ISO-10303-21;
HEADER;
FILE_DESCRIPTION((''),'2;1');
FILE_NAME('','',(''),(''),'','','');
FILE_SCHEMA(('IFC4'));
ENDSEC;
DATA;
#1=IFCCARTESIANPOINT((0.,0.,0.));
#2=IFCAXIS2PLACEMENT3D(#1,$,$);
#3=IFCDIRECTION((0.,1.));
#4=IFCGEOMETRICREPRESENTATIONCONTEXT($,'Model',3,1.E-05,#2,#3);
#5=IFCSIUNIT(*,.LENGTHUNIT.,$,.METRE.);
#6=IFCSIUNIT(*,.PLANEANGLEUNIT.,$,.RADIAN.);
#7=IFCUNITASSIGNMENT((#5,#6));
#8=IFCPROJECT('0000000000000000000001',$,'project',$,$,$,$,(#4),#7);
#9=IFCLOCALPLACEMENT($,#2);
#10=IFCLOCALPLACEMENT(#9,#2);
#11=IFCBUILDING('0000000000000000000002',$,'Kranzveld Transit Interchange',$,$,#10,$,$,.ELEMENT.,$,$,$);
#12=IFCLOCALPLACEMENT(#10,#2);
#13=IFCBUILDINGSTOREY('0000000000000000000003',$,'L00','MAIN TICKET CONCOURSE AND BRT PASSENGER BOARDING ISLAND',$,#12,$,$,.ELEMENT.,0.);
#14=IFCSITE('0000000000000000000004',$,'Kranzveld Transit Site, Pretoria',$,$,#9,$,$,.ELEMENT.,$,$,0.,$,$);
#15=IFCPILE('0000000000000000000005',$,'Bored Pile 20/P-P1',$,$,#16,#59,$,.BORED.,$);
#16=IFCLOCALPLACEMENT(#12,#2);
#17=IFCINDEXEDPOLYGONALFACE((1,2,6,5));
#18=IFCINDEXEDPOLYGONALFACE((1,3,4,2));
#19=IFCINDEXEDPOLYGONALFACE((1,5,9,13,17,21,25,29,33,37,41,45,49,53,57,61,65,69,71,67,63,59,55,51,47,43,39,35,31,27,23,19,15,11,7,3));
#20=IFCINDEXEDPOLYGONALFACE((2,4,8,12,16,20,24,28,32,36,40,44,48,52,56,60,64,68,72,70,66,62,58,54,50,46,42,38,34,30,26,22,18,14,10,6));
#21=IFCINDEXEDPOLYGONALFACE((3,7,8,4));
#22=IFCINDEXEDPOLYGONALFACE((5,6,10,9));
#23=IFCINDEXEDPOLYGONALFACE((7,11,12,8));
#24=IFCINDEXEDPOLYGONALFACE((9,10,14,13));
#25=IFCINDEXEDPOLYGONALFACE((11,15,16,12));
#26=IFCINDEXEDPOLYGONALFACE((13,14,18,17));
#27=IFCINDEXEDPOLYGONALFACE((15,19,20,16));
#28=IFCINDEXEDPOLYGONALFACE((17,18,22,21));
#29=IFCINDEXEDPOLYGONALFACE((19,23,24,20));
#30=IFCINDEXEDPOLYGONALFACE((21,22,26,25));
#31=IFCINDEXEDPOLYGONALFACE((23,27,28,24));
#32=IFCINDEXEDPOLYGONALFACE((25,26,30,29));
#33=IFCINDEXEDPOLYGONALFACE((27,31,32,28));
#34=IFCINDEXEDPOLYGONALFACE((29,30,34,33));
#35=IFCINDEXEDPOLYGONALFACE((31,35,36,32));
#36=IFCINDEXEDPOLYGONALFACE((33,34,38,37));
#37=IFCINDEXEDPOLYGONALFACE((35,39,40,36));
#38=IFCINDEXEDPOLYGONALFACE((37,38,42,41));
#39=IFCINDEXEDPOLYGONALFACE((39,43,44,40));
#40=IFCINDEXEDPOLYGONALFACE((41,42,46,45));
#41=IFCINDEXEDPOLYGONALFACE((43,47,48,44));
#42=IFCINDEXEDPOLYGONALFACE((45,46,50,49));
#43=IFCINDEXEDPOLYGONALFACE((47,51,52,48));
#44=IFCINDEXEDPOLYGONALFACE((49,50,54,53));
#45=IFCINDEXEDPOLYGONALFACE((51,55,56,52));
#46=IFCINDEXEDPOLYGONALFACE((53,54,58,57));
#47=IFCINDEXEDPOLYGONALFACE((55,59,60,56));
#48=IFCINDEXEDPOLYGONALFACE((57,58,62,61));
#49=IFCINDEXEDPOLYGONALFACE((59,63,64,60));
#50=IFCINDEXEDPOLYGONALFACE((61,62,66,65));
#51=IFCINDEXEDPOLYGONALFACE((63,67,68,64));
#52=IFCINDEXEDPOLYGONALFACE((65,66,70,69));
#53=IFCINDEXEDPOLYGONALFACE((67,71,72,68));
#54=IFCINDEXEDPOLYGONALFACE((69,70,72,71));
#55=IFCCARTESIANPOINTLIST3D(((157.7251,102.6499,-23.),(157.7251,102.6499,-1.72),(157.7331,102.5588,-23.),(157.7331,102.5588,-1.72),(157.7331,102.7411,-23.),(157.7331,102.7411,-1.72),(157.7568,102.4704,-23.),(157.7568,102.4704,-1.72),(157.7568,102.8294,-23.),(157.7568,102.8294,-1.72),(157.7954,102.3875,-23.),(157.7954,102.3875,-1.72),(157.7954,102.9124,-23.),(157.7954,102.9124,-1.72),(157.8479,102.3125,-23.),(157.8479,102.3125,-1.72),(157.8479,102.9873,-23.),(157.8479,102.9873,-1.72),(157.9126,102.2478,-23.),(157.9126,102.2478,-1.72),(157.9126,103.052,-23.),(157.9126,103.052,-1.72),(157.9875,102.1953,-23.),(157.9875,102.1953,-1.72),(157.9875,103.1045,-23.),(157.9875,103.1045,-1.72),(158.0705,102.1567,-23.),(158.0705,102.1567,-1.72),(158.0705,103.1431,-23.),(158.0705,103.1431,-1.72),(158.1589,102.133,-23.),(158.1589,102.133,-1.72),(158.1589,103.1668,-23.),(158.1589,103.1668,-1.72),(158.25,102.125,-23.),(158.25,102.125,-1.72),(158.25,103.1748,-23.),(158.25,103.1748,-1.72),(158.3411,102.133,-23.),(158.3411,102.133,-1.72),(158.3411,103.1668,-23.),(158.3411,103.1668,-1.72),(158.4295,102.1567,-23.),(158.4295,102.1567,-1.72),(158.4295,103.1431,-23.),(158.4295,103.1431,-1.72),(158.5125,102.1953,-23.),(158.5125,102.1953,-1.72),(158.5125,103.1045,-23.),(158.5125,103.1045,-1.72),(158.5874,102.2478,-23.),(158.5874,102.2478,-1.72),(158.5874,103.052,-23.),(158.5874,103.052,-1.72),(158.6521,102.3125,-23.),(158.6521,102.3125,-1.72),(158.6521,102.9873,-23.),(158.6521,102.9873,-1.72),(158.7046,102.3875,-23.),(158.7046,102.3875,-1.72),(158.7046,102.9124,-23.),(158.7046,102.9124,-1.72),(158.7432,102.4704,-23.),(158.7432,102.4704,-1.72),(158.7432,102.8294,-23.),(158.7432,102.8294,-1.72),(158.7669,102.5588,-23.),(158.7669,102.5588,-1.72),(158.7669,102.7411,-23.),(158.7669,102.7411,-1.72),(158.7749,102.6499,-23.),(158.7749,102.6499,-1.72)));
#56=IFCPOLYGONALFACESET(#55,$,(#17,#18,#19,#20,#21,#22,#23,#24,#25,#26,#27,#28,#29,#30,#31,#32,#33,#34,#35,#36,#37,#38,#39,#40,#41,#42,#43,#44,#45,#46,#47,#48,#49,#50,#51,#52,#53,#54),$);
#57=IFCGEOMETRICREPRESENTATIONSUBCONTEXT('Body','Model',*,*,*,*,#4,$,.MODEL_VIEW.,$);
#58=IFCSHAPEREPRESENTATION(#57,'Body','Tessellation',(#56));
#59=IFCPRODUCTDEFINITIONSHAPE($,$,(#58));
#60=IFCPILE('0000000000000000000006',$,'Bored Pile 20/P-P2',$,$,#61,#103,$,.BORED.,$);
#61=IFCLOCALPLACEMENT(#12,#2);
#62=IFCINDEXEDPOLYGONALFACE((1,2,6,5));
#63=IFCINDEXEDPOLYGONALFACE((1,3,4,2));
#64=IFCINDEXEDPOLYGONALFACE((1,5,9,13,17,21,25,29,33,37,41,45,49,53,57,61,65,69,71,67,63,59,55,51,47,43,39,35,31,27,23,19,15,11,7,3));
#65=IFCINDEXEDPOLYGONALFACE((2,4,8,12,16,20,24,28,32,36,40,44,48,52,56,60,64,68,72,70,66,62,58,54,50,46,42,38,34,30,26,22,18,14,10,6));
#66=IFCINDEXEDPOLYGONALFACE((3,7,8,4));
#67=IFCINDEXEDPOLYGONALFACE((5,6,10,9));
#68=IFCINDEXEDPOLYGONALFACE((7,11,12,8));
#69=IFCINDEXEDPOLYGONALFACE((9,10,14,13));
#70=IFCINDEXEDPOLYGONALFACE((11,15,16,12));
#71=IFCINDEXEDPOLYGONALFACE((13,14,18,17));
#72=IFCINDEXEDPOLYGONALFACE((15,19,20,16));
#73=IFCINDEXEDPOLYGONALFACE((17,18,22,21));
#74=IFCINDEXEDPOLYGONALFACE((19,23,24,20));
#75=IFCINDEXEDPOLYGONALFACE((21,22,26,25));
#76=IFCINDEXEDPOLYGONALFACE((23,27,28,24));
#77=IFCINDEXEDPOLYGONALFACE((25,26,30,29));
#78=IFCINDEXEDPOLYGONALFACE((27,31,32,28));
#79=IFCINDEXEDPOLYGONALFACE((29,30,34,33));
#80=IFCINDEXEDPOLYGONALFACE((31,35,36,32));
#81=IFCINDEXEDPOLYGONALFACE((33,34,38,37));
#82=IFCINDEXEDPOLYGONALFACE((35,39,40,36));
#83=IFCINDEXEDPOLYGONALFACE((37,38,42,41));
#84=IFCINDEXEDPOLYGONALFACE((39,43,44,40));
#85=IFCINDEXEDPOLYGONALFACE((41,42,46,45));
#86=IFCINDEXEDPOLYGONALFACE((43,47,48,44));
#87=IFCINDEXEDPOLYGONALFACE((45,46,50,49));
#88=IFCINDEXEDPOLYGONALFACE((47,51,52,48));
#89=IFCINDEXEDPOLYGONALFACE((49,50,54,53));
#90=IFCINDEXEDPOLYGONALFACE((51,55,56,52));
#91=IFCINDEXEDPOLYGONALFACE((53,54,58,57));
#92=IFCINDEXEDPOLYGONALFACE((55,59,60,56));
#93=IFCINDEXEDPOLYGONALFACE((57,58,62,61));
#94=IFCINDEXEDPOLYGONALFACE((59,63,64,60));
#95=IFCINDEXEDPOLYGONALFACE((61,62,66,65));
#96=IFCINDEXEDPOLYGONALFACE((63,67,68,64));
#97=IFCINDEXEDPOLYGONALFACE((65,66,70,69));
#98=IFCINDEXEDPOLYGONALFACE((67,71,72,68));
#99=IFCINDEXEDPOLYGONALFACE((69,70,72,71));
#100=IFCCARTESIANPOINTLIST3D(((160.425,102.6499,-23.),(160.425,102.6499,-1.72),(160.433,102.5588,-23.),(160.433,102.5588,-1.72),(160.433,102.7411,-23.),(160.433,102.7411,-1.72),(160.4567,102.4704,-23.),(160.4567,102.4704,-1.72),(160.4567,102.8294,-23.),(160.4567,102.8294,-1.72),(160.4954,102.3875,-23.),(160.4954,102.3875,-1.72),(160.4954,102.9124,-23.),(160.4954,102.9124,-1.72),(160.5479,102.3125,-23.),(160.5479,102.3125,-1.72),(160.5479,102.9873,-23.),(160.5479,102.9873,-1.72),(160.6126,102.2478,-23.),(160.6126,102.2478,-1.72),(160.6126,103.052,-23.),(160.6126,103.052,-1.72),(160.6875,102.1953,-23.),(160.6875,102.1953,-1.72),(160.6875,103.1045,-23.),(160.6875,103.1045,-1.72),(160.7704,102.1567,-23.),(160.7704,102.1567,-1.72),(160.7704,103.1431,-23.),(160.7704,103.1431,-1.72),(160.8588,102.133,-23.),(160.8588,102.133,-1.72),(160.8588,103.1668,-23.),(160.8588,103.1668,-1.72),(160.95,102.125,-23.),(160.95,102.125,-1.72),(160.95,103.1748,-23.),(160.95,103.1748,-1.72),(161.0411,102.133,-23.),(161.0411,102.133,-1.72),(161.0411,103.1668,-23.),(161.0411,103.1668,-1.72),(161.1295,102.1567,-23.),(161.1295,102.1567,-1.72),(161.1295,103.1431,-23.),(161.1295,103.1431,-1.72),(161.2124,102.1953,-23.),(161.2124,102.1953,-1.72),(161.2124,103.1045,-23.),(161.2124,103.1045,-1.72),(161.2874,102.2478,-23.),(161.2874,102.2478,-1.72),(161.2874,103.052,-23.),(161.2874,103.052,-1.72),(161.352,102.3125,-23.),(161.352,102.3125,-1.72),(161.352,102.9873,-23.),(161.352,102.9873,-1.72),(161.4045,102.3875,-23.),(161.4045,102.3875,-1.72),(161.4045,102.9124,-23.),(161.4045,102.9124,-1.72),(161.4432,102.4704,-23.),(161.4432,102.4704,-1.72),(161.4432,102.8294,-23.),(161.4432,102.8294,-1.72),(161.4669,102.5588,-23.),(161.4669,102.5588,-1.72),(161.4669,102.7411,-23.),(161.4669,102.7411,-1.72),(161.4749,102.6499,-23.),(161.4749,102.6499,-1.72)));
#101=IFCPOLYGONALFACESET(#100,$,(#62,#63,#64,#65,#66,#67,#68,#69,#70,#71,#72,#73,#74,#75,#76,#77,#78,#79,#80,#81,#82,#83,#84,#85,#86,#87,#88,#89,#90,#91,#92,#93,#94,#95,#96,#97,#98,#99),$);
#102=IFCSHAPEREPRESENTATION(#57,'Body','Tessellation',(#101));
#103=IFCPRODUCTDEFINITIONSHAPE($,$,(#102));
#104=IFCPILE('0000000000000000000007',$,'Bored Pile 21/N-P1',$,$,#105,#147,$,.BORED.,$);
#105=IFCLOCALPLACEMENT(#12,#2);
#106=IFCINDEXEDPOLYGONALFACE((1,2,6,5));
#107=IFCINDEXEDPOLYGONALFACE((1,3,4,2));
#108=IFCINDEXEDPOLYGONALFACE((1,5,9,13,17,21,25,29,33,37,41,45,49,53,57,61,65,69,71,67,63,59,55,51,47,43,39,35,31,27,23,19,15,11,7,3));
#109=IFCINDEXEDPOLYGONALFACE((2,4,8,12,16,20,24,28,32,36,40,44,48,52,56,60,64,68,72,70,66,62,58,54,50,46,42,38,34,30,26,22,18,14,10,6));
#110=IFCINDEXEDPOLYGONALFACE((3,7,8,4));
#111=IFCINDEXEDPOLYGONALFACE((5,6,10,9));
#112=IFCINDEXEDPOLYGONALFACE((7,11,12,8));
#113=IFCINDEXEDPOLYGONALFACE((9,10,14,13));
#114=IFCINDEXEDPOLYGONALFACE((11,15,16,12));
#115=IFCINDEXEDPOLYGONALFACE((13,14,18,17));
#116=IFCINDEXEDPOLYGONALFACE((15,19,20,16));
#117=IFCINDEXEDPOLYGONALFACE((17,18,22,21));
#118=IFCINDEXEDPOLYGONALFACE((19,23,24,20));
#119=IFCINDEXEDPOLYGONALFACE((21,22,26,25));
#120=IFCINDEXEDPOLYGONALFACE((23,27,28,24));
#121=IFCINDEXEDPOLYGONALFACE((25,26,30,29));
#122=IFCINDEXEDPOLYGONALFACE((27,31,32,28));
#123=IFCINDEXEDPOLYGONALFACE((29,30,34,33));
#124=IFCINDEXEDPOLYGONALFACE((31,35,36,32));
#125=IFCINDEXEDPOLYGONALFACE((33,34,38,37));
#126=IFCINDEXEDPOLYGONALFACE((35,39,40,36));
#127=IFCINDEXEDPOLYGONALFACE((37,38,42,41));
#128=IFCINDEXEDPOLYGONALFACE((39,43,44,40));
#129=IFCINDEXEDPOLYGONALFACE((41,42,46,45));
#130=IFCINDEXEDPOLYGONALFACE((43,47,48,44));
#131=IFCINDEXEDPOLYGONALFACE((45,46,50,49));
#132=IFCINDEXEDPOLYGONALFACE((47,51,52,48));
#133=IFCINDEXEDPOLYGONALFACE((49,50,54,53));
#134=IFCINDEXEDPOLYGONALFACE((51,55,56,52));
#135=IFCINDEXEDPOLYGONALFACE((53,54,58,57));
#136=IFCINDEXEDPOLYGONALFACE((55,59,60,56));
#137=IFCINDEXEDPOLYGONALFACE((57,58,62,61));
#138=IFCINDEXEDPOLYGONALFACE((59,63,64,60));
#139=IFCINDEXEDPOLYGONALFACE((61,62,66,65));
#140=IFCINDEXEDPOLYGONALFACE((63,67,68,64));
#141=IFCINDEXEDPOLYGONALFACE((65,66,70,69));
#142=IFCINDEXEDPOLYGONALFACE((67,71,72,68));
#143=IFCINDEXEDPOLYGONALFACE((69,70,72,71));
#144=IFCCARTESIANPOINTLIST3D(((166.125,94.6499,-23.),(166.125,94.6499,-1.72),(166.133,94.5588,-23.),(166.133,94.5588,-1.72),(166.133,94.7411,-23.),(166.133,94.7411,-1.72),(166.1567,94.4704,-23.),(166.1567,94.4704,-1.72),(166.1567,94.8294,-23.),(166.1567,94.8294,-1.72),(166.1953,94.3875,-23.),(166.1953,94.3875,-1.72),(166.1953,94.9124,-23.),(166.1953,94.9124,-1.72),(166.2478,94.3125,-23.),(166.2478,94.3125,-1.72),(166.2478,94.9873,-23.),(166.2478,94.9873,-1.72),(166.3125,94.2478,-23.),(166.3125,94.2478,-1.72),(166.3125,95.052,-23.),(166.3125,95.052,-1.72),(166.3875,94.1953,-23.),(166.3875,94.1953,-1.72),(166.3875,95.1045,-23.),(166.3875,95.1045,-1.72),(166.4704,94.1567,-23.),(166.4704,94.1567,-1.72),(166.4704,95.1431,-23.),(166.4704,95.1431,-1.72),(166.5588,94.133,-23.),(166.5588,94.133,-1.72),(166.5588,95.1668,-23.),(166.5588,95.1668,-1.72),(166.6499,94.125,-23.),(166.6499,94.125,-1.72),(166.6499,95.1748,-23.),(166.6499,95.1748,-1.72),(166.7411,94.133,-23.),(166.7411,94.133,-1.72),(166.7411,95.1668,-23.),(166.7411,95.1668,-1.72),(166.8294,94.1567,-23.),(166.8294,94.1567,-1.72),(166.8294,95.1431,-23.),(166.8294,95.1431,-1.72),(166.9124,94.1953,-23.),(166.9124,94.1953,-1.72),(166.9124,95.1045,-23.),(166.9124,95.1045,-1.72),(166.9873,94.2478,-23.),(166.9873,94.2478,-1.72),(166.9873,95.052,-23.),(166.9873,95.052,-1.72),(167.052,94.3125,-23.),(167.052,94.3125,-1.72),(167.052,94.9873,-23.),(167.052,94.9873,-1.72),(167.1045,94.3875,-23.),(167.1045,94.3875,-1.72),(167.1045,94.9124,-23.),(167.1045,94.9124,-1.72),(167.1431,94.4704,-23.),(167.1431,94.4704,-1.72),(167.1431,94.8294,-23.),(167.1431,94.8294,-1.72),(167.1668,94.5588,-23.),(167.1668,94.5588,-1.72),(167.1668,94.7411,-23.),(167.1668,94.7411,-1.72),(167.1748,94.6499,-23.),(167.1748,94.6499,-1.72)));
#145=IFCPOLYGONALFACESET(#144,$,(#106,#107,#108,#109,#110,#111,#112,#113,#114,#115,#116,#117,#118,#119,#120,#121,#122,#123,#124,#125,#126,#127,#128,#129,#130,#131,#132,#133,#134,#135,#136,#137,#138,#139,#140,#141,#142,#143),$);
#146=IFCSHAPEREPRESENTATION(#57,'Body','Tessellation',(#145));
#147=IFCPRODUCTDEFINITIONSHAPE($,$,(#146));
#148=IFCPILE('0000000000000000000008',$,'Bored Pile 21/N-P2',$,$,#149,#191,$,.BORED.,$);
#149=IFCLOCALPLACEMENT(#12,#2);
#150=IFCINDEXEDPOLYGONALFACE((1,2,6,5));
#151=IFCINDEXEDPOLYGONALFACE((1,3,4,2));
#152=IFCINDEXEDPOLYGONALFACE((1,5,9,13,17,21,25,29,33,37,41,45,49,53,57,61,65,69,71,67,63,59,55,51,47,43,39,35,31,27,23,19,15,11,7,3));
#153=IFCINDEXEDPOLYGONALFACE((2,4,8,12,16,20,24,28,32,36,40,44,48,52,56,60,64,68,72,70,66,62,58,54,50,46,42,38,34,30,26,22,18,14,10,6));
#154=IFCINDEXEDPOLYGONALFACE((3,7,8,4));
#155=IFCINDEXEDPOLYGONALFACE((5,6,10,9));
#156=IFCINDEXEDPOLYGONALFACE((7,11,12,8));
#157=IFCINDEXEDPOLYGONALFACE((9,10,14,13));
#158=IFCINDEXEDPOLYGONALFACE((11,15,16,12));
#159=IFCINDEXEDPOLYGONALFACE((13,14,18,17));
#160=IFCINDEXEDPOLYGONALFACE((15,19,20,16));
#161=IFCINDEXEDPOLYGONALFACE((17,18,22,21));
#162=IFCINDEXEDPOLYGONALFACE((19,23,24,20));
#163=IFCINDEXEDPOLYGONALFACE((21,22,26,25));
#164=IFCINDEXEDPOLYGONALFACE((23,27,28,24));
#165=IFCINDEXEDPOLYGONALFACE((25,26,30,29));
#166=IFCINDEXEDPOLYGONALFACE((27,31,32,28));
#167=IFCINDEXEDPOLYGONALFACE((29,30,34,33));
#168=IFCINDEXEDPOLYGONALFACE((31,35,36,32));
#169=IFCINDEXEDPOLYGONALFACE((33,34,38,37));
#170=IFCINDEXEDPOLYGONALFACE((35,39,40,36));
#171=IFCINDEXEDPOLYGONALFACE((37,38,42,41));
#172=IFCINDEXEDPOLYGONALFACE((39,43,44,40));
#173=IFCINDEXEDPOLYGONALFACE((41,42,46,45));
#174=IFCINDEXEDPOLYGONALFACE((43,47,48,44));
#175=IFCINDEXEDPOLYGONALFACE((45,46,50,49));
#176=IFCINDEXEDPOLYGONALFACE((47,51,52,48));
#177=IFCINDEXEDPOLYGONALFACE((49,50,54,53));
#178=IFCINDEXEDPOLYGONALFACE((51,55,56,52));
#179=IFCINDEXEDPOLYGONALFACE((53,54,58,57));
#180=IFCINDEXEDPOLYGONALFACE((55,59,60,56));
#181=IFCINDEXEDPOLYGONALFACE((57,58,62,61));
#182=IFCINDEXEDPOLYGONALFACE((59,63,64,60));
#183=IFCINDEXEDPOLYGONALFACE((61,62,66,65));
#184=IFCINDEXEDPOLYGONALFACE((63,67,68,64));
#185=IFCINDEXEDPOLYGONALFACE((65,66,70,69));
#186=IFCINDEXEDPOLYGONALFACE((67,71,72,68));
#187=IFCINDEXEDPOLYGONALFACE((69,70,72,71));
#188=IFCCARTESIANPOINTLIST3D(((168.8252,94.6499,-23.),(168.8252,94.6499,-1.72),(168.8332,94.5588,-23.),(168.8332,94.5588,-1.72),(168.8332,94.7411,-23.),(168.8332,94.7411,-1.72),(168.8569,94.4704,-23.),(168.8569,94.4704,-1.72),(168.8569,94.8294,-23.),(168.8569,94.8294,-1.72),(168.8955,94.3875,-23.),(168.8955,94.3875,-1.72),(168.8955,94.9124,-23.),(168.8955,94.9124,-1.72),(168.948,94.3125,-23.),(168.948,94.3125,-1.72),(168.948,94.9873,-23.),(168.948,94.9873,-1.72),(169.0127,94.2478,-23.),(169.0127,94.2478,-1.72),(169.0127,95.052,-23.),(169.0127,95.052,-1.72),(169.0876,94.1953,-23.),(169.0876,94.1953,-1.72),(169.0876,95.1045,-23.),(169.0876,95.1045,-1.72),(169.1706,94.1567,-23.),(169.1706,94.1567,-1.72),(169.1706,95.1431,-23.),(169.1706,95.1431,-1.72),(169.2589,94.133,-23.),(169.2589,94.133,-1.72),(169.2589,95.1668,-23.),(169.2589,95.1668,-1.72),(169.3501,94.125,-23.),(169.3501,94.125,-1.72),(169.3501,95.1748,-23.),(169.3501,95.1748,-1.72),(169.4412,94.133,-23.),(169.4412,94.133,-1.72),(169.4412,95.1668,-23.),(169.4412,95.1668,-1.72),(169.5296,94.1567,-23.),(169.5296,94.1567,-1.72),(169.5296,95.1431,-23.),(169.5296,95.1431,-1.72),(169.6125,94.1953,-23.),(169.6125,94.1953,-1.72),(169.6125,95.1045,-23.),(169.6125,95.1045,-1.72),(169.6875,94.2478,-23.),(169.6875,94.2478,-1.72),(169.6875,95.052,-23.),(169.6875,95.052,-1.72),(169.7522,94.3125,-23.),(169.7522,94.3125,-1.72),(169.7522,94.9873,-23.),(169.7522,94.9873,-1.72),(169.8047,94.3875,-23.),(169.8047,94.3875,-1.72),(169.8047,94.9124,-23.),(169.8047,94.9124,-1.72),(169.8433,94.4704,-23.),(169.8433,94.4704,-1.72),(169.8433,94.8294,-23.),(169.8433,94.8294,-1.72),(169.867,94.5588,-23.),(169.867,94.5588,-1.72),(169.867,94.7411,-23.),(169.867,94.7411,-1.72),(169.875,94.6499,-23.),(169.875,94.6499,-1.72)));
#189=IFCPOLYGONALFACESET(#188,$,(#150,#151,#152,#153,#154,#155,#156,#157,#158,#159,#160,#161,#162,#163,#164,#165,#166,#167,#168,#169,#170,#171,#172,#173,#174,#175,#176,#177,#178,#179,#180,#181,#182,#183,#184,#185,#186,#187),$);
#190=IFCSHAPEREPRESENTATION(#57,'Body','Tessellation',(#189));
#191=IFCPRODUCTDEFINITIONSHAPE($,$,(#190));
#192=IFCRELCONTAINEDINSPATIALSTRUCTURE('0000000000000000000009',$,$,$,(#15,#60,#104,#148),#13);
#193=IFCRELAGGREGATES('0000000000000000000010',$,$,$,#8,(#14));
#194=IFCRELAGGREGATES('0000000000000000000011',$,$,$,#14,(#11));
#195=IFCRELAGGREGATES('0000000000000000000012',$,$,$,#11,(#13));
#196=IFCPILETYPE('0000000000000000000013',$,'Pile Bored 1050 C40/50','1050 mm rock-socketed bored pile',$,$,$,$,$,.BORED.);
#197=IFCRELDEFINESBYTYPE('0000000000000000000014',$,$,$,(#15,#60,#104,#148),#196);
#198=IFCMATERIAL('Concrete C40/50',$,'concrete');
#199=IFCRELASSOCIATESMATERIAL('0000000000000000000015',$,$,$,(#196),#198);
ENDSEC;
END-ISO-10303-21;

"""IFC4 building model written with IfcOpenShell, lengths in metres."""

from ifc_helpers import new_model, si_unit, direction, frame, origin, origin_2d, place, context, subcontext, project, spatial, circle, extrude, material, material_profile, profile_set, type_object, element, save


model = new_model("IFC4")

# Units and contexts
model_context = context("Model", 3, precision=1e-05, world=origin(), true_north=direction((0.0, 1.0)))
body_context = subcontext(model_context, "Body", "Model", "MODEL_VIEW")
ifc_project = project(units=[si_unit("LENGTHUNIT", "METRE"), si_unit("PLANEANGLEUNIT", "RADIAN")], contexts=[model_context])

# Site, building, storey
site_placement = place(None, origin())
site = spatial("IfcSite", under=ifc_project, at=site_placement, Name="Kranzveld Transit Site, Pretoria", CompositionType="ELEMENT", RefElevation=0.0)
building_placement = place(site_placement, origin())
building = spatial("IfcBuilding", under=site, at=building_placement, Name="Kranzveld Transit Interchange", CompositionType="ELEMENT")
storey_placement = place(building_placement, origin())
storey = spatial("IfcBuildingStorey", under=building, at=storey_placement, Name="L00", Description="MAIN TICKET CONCOURSE AND BRT PASSENGER BOARDING ISLAND", CompositionType="ELEMENT", Elevation=0.0)

# Piles
ifc_material_1 = material(Name="Concrete C40/50", Category="concrete")
ifc_material_profile_1 = material_profile(ifc_material_1, circle(Radius=0.5249, at=origin_2d()), Name="BORED PILE 1050")
ifc_profile_set_1 = profile_set([ifc_material_profile_1], Name="Concrete C40/50")
pile_type_1 = type_object("IfcPileType", Name="Pile Bored 1050 C40/50", Description="1050 mm rock-socketed bored pile", PredefinedType="BORED", material=ifc_profile_set_1)
for number, where, z_axis, x_axis, name in (
    (1, (158.25, 102.6499, -1.72), (0.0, 0.0, -1.0), (1.0, 0.0, 0.0), "Bored Pile 20/P-P1"),
    (2, (160.95, 102.6499, -1.72), (0.0, 0.0, -1.0), (1.0, 0.0, 0.0), "Bored Pile 20/P-P2"),
    (3, (166.6499, 94.6499, -1.72), (0.0, 0.0, -1.0), (1.0, 0.0, 0.0), "Bored Pile 21/N-P1"),
    (4, (169.3501, 94.6499, -1.72), (0.0, 0.0, -1.0), (1.0, 0.0, 0.0), "Bored Pile 21/N-P2"),
):
    element("IfcPile", number, at=place(storey_placement, frame(where, z_axis=z_axis, x_axis=x_axis)), inside=storey, type_object=pile_type_1, Name=name, PredefinedType="BORED", context=body_context, shape_type="SweptSolid", body=[
        extrude(circle(Radius=0.5249, at=origin_2d()), origin(), (0.0, 0.0, 1.0), 21.28),
    ])

save(model, "model.ifc")
